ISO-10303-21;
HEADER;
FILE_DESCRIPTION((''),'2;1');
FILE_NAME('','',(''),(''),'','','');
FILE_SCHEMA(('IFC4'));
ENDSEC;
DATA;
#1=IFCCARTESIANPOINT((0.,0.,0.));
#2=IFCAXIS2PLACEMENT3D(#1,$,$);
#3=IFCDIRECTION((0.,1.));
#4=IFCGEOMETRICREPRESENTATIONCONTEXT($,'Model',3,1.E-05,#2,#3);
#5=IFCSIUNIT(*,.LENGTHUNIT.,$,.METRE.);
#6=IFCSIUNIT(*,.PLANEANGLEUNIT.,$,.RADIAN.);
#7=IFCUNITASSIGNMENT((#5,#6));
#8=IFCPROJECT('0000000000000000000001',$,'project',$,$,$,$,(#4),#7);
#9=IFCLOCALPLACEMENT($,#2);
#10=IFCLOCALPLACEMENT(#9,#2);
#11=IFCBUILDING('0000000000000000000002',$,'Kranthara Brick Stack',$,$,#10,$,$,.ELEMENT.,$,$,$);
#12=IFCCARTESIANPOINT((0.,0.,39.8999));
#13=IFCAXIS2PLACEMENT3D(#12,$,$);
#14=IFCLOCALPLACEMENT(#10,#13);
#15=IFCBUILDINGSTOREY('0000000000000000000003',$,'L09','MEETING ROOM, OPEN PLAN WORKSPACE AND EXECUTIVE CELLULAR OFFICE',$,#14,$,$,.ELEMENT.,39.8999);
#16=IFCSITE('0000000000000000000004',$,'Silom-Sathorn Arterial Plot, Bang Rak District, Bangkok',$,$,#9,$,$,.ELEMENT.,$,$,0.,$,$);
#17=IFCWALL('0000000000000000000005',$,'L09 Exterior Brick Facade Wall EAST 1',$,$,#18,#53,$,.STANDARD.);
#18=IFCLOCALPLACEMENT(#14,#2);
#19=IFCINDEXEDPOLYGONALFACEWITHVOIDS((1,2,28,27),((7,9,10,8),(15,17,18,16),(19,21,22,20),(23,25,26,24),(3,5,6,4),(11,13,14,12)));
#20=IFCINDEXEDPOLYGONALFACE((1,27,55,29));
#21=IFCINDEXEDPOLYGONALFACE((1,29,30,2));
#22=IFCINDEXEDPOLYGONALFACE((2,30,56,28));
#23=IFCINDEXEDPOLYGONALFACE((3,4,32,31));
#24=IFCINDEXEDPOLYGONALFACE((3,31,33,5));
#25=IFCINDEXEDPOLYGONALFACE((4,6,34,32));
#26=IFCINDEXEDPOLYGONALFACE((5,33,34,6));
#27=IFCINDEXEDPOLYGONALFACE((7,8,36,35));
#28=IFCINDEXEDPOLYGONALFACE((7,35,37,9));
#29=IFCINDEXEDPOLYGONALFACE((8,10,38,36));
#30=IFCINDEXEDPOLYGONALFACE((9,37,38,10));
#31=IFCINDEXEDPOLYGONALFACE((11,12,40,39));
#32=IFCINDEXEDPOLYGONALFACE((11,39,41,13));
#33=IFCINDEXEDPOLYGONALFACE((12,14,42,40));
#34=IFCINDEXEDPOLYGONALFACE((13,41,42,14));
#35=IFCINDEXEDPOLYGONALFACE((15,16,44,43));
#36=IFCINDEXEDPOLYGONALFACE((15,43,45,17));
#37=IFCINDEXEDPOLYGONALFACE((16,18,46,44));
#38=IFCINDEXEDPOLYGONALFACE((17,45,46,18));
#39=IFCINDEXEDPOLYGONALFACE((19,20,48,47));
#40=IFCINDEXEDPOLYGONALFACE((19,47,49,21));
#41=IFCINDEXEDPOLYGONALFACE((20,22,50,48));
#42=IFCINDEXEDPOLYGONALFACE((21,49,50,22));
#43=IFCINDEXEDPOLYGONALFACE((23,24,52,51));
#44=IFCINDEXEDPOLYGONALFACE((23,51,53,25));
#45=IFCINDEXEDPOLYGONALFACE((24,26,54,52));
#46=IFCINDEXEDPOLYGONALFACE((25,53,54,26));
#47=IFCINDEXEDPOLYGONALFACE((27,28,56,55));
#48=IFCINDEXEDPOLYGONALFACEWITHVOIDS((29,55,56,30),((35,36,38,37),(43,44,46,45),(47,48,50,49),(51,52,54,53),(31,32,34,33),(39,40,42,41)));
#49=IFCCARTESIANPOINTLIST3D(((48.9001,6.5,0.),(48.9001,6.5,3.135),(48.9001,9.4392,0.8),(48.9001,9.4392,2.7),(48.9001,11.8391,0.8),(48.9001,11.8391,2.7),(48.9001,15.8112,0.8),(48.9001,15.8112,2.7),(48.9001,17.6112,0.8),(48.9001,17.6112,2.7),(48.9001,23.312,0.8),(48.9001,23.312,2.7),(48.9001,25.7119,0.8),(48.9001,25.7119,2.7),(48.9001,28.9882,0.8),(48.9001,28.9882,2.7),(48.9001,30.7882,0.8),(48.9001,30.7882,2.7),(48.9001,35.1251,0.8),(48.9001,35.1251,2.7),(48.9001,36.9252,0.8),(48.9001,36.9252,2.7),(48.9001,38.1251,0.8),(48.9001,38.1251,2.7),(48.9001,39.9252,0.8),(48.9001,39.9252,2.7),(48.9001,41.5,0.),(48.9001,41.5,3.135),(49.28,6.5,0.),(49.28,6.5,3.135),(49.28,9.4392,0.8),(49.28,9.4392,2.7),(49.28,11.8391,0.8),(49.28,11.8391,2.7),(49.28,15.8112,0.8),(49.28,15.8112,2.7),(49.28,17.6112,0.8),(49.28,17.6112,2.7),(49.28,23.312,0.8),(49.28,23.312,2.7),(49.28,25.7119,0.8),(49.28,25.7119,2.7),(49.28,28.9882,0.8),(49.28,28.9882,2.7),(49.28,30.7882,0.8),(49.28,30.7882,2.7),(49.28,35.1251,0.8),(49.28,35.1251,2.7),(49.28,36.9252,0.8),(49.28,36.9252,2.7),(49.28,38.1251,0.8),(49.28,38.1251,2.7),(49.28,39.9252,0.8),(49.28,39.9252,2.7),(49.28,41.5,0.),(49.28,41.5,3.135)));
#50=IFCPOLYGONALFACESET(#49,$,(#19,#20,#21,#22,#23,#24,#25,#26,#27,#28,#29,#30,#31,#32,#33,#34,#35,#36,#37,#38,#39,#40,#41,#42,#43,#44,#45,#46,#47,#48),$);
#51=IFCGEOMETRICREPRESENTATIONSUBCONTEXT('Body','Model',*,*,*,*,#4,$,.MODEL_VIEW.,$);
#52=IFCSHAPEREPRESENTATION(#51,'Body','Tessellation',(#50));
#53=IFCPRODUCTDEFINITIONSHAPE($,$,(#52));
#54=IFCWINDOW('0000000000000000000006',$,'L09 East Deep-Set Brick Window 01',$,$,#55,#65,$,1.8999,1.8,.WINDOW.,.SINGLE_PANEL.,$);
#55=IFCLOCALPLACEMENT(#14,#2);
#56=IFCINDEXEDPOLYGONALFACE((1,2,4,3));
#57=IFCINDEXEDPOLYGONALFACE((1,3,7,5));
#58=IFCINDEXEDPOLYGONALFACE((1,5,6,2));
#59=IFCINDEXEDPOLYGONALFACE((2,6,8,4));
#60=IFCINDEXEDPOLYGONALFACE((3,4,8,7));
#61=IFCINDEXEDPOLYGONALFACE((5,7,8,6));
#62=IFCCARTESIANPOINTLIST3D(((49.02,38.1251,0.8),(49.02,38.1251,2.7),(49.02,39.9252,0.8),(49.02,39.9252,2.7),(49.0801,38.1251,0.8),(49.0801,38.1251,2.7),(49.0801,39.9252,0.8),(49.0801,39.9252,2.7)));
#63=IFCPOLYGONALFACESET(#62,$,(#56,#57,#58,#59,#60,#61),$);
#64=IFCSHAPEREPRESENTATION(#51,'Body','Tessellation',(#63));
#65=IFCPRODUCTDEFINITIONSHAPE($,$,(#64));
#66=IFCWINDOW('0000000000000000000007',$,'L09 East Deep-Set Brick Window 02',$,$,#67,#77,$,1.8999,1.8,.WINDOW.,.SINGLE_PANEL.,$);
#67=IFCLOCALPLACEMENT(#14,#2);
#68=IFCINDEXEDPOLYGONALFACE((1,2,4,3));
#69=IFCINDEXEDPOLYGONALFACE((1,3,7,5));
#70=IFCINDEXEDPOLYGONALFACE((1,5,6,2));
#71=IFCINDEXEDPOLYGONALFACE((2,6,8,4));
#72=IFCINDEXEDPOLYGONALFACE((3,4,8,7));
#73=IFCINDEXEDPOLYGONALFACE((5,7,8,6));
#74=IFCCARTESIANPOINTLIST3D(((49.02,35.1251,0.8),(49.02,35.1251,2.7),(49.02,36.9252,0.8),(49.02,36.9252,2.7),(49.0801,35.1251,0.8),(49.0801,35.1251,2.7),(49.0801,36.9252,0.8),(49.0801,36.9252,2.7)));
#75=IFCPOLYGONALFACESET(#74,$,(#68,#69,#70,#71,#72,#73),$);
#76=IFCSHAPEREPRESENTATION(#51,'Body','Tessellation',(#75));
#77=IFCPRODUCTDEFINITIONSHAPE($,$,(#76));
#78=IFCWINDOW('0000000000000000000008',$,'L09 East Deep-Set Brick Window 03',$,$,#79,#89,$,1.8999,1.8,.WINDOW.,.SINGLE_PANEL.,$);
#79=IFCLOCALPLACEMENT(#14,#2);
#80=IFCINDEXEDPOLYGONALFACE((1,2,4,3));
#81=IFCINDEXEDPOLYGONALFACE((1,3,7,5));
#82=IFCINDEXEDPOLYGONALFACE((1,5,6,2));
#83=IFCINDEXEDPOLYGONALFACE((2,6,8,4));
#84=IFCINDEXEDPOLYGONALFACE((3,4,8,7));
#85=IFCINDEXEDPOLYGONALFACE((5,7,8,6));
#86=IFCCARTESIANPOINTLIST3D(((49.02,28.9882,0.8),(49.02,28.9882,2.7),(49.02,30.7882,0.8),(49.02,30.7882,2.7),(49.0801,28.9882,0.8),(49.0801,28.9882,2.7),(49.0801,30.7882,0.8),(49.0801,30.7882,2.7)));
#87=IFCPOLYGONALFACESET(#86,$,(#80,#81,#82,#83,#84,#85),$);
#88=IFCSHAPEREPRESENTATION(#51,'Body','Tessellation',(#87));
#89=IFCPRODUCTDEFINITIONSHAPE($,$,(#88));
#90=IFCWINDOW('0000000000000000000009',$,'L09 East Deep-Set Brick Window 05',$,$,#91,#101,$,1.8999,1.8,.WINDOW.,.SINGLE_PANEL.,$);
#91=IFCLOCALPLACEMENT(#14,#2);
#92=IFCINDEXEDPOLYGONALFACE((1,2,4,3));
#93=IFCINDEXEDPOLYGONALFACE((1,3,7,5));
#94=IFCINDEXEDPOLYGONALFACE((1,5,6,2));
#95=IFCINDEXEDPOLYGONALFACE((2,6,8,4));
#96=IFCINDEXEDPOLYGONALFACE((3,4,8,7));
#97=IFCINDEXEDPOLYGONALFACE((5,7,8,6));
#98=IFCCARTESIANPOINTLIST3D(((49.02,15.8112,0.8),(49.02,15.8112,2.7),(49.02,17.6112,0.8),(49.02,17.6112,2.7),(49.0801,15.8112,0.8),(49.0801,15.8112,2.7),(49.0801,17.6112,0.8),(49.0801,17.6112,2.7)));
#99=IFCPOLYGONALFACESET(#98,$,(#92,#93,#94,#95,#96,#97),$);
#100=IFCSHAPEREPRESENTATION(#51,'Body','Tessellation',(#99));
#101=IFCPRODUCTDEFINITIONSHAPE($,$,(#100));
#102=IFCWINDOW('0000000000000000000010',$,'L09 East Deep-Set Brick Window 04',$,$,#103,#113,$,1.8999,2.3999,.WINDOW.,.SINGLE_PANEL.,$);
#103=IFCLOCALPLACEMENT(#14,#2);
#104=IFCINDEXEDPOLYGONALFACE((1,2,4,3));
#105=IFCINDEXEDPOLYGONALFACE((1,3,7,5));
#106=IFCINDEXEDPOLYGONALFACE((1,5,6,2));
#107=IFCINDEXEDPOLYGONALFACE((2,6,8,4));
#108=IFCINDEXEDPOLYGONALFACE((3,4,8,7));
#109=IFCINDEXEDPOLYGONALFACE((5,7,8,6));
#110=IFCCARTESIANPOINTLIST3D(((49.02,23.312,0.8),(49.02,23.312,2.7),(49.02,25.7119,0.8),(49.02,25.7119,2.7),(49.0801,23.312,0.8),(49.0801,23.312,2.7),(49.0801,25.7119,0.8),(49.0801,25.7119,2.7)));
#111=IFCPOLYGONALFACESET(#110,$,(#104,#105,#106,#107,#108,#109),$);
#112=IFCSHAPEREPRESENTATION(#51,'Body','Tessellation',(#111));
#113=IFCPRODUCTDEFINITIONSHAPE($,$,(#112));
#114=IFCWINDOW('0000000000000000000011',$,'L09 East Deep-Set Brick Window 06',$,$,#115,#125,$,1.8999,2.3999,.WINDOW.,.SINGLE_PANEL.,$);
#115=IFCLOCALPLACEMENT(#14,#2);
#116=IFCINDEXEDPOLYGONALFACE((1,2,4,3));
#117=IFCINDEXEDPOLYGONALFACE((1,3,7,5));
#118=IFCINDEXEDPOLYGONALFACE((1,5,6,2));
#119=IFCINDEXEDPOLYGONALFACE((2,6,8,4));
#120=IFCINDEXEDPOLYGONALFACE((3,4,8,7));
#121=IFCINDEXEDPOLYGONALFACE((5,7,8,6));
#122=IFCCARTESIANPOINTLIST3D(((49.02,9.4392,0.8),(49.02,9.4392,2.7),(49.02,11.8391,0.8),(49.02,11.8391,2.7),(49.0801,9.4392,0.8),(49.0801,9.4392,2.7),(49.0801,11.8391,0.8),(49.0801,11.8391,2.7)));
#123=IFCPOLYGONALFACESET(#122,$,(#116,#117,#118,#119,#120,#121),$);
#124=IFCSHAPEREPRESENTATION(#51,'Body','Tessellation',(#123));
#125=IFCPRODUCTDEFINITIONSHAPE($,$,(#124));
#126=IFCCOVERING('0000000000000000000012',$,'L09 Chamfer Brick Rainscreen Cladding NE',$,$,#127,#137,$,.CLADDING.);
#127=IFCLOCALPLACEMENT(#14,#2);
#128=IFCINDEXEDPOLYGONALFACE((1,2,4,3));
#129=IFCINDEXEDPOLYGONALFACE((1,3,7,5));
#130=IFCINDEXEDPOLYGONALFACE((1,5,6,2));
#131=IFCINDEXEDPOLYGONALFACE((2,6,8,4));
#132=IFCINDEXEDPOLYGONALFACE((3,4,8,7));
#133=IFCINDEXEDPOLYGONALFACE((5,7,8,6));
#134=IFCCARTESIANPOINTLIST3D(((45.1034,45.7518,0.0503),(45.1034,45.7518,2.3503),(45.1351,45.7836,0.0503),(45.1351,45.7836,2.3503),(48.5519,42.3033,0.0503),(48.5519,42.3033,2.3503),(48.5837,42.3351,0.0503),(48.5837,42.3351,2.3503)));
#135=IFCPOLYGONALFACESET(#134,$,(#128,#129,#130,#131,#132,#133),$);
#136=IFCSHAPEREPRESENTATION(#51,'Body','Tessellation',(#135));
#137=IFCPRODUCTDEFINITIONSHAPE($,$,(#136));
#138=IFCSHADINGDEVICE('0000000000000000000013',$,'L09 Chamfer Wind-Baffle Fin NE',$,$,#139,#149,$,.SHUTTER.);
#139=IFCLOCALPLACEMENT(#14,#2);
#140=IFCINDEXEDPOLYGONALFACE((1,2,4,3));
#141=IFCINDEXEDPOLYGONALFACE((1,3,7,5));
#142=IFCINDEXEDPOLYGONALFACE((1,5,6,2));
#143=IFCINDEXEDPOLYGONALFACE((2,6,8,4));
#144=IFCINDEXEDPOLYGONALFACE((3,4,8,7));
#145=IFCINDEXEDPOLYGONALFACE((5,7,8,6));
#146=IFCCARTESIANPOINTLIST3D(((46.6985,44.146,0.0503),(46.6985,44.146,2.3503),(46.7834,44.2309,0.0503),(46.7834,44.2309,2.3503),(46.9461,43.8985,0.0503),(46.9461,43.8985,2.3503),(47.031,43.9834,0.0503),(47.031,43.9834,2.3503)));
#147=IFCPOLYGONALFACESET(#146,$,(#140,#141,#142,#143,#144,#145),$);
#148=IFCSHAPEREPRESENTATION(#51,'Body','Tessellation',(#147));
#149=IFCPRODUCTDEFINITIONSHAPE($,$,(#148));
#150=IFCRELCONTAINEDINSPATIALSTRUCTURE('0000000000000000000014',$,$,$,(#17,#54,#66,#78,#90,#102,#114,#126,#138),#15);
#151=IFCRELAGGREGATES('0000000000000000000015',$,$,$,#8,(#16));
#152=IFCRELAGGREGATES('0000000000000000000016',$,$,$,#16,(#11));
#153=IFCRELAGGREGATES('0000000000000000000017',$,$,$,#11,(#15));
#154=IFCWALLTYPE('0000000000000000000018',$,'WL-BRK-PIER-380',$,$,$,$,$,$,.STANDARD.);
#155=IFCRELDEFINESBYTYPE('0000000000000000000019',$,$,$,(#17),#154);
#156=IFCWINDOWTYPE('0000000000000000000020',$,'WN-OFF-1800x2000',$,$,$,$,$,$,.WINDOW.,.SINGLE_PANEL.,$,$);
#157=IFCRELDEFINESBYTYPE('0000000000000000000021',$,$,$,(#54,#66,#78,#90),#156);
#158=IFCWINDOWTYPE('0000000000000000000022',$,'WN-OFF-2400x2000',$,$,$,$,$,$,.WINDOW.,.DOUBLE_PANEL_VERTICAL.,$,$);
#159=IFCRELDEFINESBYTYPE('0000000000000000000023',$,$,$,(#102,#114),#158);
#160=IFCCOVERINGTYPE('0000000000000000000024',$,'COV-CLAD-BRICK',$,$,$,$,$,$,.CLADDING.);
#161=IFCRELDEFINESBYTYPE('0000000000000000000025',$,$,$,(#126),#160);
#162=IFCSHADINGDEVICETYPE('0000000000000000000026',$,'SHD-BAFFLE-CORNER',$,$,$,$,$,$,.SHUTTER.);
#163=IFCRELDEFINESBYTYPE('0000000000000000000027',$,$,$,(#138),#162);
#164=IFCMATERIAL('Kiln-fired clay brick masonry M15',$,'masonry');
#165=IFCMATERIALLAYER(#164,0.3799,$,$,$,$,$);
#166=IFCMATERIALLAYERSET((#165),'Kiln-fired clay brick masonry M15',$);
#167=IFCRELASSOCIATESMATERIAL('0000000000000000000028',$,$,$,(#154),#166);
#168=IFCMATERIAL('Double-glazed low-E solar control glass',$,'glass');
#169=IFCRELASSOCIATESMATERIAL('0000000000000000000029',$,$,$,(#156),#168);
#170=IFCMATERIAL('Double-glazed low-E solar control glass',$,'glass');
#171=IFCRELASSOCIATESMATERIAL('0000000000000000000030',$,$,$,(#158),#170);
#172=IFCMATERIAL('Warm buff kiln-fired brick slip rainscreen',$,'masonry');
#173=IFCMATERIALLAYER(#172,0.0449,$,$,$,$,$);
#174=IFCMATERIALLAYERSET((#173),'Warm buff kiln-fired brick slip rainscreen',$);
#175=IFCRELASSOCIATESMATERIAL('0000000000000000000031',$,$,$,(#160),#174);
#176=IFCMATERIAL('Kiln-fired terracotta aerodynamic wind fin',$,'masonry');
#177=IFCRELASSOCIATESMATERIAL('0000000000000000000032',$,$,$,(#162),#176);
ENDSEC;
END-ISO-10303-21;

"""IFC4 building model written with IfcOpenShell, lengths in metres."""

from ifc_helpers import new_model, si_unit, direction, frame, frame_2d, origin, origin_2d, place, context, subcontext, project, spatial, rectangle, extrude, material, layer, layer_set, type_object, element, fill, save


model = new_model("IFC4")

# Units and contexts
model_context = context("Model", 3, precision=1e-05, world=origin(), true_north=direction((0.0, 1.0)))
body_context = subcontext(model_context, "Body", "Model", "MODEL_VIEW")
ifc_project = project(units=[si_unit("LENGTHUNIT", "METRE"), si_unit("PLANEANGLEUNIT", "RADIAN")], contexts=[model_context])

# Site, building, storey
site_placement = place(None, origin())
site = spatial("IfcSite", under=ifc_project, at=site_placement, Name="Silom-Sathorn Arterial Plot, Bang Rak District, Bangkok", CompositionType="ELEMENT", RefElevation=0.0)
building_placement = place(site_placement, origin())
building = spatial("IfcBuilding", under=site, at=building_placement, Name="Kranthara Brick Stack", CompositionType="ELEMENT")
storey_placement = place(building_placement, frame((0.0, 0.0, 39.8999)))
storey = spatial("IfcBuildingStorey", under=building, at=storey_placement, Name="L09", Description="MEETING ROOM, OPEN PLAN WORKSPACE AND EXECUTIVE CELLULAR OFFICE", CompositionType="ELEMENT", Elevation=39.8999)

# Shared definitions
ifc_material_1 = material(Name="Kiln-fired clay brick masonry M15", Category="masonry")
ifc_layer_1 = layer(ifc_material_1, 0.3799)
ifc_layer_set_1 = layer_set([ifc_layer_1], Name="Kiln-fired clay brick masonry M15")
wall_type = type_object("IfcWallType", Name="WL-BRK-PIER-380", PredefinedType="STANDARD", material=ifc_layer_set_1)

# Wall, openings, windows
wall_1_placement = place(storey_placement, frame((49.0901, 41.5, 0.0), z_axis=(0.0, 0.0, 1.0), x_axis=(0.0, -1.0, 0.0)))
wall_1 = element("IfcWall", 1, at=wall_1_placement, inside=storey, type_object=wall_type, Name="L09 Exterior Brick Facade Wall EAST 1", PredefinedType="STANDARD", context=body_context, shape_type="SweptSolid", body=[
    extrude(rectangle(XDim=35.0, YDim=0.3799, at=frame_2d((17.5, 0.0))), origin(), (0.0, 0.0, 1.0), 3.135),
])
opening_1_placement = place(wall_1_placement, frame((1.575, 0.0, 0.8)))
opening_1 = element("IfcOpeningElement", 2, at=opening_1_placement, cuts=wall_1, PredefinedType="OPENING", context=body_context, shape_type="SweptSolid", body=[
    extrude(rectangle(XDim=1.8, YDim=1.8999, at=frame_2d((0.8999, 0.95))), frame((0.0, 0.2, 0.0), z_axis=(0.0, -1.0, 0.0), x_axis=(1.0, 0.0, 0.0)), (0.0, 0.0, 1.0), 0.3999),
])
opening_2_placement = place(wall_1_placement, frame((4.575, 0.0, 0.8)))
opening_2 = element("IfcOpeningElement", 3, at=opening_2_placement, cuts=wall_1, PredefinedType="OPENING", context=body_context, shape_type="SweptSolid", body=[
    extrude(rectangle(XDim=1.8, YDim=1.8999, at=frame_2d((0.8999, 0.95))), frame((0.0, 0.2, 0.0), z_axis=(0.0, -1.0, 0.0), x_axis=(1.0, 0.0, 0.0)), (0.0, 0.0, 1.0), 0.3999),
])
opening_3_placement = place(wall_1_placement, frame((10.7119, 0.0, 0.8)))
opening_3 = element("IfcOpeningElement", 4, at=opening_3_placement, cuts=wall_1, PredefinedType="OPENING", context=body_context, shape_type="SweptSolid", body=[
    extrude(rectangle(XDim=1.8, YDim=1.8999, at=frame_2d((0.8999, 0.95))), frame((0.0, 0.2, 0.0), z_axis=(0.0, -1.0, 0.0), x_axis=(1.0, 0.0, 0.0)), (0.0, 0.0, 1.0), 0.3999),
])
opening_4_placement = place(wall_1_placement, frame((15.7881, 0.0, 0.8)))
opening_4 = element("IfcOpeningElement", 5, at=opening_4_placement, cuts=wall_1, PredefinedType="OPENING", context=body_context, shape_type="SweptSolid", body=[
    extrude(rectangle(XDim=2.3999, YDim=1.8999, at=frame_2d((1.2, 0.95))), frame((0.0, 0.2, 0.0), z_axis=(0.0, -1.0, 0.0), x_axis=(1.0, 0.0, 0.0)), (0.0, 0.0, 1.0), 0.3999),
])
opening_5_placement = place(wall_1_placement, frame((23.8889, 0.0, 0.8)))
opening_5 = element("IfcOpeningElement", 6, at=opening_5_placement, cuts=wall_1, PredefinedType="OPENING", context=body_context, shape_type="SweptSolid", body=[
    extrude(rectangle(XDim=1.8, YDim=1.8999, at=frame_2d((0.8999, 0.95))), frame((0.0, 0.2, 0.0), z_axis=(0.0, -1.0, 0.0), x_axis=(1.0, 0.0, 0.0)), (0.0, 0.0, 1.0), 0.3999),
])
opening_6_placement = place(wall_1_placement, frame((29.6609, 0.0, 0.8)))
opening_6 = element("IfcOpeningElement", 7, at=opening_6_placement, cuts=wall_1, PredefinedType="OPENING", context=body_context, shape_type="SweptSolid", body=[
    extrude(rectangle(XDim=2.3999, YDim=1.8999, at=frame_2d((1.2, 0.95))), frame((0.0, 0.2, 0.0), z_axis=(0.0, -1.0, 0.0), x_axis=(1.0, 0.0, 0.0)), (0.0, 0.0, 1.0), 0.3999),
])
ifc_material_2 = material(Name="Double-glazed low-E solar control glass", Category="glass")
window_type_1 = type_object("IfcWindowType", Name="WN-OFF-1800x2000", PartitioningType="SINGLE_PANEL", PredefinedType="WINDOW", material=ifc_material_2)
window_1_placement = place(opening_1_placement, origin())
window_1 = element("IfcWindow", 8, at=window_1_placement, inside=storey, type_object=window_type_1, Name="L09 East Deep-Set Brick Window 01", OverallHeight=1.8999, OverallWidth=1.8, PartitioningType="SINGLE_PANEL", PredefinedType="WINDOW", context=body_context, shape_type="SweptSolid", body=[
    extrude(rectangle(XDim=1.8, YDim=1.8999, at=frame_2d((0.8999, 0.95))), frame((0.0, -0.01, 0.0), z_axis=(0.0, -1.0, 0.0), x_axis=(1.0, 0.0, 0.0)), (0.0, 0.0, 1.0), 0.0601),
])
fill(opening_1, window_1)
window_2_placement = place(opening_2_placement, origin())
window_2 = element("IfcWindow", 9, at=window_2_placement, inside=storey, type_object=window_type_1, Name="L09 East Deep-Set Brick Window 02", OverallHeight=1.8999, OverallWidth=1.8, PartitioningType="SINGLE_PANEL", PredefinedType="WINDOW", context=body_context, shape_type="SweptSolid", body=[
    extrude(rectangle(XDim=1.8, YDim=1.8999, at=frame_2d((0.8999, 0.95))), frame((0.0, -0.01, 0.0), z_axis=(0.0, -1.0, 0.0), x_axis=(1.0, 0.0, 0.0)), (0.0, 0.0, 1.0), 0.0601),
])
fill(opening_2, window_2)
window_3_placement = place(opening_3_placement, origin())
window_3 = element("IfcWindow", 10, at=window_3_placement, inside=storey, type_object=window_type_1, Name="L09 East Deep-Set Brick Window 03", OverallHeight=1.8999, OverallWidth=1.8, PartitioningType="SINGLE_PANEL", PredefinedType="WINDOW", context=body_context, shape_type="SweptSolid", body=[
    extrude(rectangle(XDim=1.8, YDim=1.8999, at=frame_2d((0.8999, 0.95))), frame((0.0, -0.01, 0.0), z_axis=(0.0, -1.0, 0.0), x_axis=(1.0, 0.0, 0.0)), (0.0, 0.0, 1.0), 0.0601),
])
fill(opening_3, window_3)
window_4_placement = place(opening_5_placement, origin())
window_4 = element("IfcWindow", 11, at=window_4_placement, inside=storey, type_object=window_type_1, Name="L09 East Deep-Set Brick Window 05", OverallHeight=1.8999, OverallWidth=1.8, PartitioningType="SINGLE_PANEL", PredefinedType="WINDOW", context=body_context, shape_type="SweptSolid", body=[
    extrude(rectangle(XDim=1.8, YDim=1.8999, at=frame_2d((0.8999, 0.95))), frame((0.0, -0.01, 0.0), z_axis=(0.0, -1.0, 0.0), x_axis=(1.0, 0.0, 0.0)), (0.0, 0.0, 1.0), 0.0601),
])
fill(opening_5, window_4)
ifc_material_3 = material(Name="Double-glazed low-E solar control glass", Category="glass")
window_type_2 = type_object("IfcWindowType", Name="WN-OFF-2400x2000", PartitioningType="DOUBLE_PANEL_VERTICAL", PredefinedType="WINDOW", material=ifc_material_3)
window_5_placement = place(opening_4_placement, origin())
window_5 = element("IfcWindow", 12, at=window_5_placement, inside=storey, type_object=window_type_2, Name="L09 East Deep-Set Brick Window 04", OverallHeight=1.8999, OverallWidth=2.3999, PartitioningType="SINGLE_PANEL", PredefinedType="WINDOW", context=body_context, shape_type="SweptSolid", body=[
    extrude(rectangle(XDim=2.3999, YDim=1.8999, at=frame_2d((1.2, 0.95))), frame((0.0, -0.01, 0.0), z_axis=(0.0, -1.0, 0.0), x_axis=(1.0, 0.0, 0.0)), (0.0, 0.0, 1.0), 0.0601),
])
fill(opening_4, window_5)
window_6_placement = place(opening_6_placement, origin())
window_6 = element("IfcWindow", 13, at=window_6_placement, inside=storey, type_object=window_type_2, Name="L09 East Deep-Set Brick Window 06", OverallHeight=1.8999, OverallWidth=2.3999, PartitioningType="SINGLE_PANEL", PredefinedType="WINDOW", context=body_context, shape_type="SweptSolid", body=[
    extrude(rectangle(XDim=2.3999, YDim=1.8999, at=frame_2d((1.2, 0.95))), frame((0.0, -0.01, 0.0), z_axis=(0.0, -1.0, 0.0), x_axis=(1.0, 0.0, 0.0)), (0.0, 0.0, 1.0), 0.0601),
])
fill(opening_6, window_6)

# Covering
ifc_material_4 = material(Name="Warm buff kiln-fired brick slip rainscreen", Category="masonry")
ifc_layer_2 = layer(ifc_material_4, 0.0449)
ifc_layer_set_2 = layer_set([ifc_layer_2], Name="Warm buff kiln-fired brick slip rainscreen")
covering_type = type_object("IfcCoveringType", Name="COV-CLAD-BRICK", PredefinedType="CLADDING", material=ifc_layer_set_2)
covering_placement = place(storey_placement, frame((46.8435, 44.0435, 0.0503), z_axis=(0.0, 0.0, 1.0), x_axis=(0.707107, -0.707107, 0.0)))
element("IfcCovering", 14, at=covering_placement, inside=storey, type_object=covering_type, Name="L09 Chamfer Brick Rainscreen Cladding NE", PredefinedType="CLADDING", context=body_context, shape_type="SweptSolid", body=[
    extrude(rectangle(XDim=4.877, YDim=0.0449, at=origin_2d()), origin(), (0.0, 0.0, 1.0), 2.3),
])

# Shading device
ifc_material_5 = material(Name="Kiln-fired terracotta aerodynamic wind fin", Category="masonry")
shading_device_type = type_object("IfcShadingDeviceType", Name="SHD-BAFFLE-CORNER", PredefinedType="SHUTTER", material=ifc_material_5)
shading_device_placement = place(storey_placement, frame((46.8647, 44.0647, 0.0503), z_axis=(0.0, 0.0, 1.0), x_axis=(0.707107, -0.707107, 0.0)))
element("IfcShadingDevice", 15, at=shading_device_placement, inside=storey, type_object=shading_device_type, Name="L09 Chamfer Wind-Baffle Fin NE", PredefinedType="SHUTTER", context=body_context, shape_type="SweptSolid", body=[
    extrude(rectangle(XDim=0.3501, YDim=0.1201, at=origin_2d()), origin(), (0.0, 0.0, 1.0), 2.3),
])

save(model, "model.ifc")
